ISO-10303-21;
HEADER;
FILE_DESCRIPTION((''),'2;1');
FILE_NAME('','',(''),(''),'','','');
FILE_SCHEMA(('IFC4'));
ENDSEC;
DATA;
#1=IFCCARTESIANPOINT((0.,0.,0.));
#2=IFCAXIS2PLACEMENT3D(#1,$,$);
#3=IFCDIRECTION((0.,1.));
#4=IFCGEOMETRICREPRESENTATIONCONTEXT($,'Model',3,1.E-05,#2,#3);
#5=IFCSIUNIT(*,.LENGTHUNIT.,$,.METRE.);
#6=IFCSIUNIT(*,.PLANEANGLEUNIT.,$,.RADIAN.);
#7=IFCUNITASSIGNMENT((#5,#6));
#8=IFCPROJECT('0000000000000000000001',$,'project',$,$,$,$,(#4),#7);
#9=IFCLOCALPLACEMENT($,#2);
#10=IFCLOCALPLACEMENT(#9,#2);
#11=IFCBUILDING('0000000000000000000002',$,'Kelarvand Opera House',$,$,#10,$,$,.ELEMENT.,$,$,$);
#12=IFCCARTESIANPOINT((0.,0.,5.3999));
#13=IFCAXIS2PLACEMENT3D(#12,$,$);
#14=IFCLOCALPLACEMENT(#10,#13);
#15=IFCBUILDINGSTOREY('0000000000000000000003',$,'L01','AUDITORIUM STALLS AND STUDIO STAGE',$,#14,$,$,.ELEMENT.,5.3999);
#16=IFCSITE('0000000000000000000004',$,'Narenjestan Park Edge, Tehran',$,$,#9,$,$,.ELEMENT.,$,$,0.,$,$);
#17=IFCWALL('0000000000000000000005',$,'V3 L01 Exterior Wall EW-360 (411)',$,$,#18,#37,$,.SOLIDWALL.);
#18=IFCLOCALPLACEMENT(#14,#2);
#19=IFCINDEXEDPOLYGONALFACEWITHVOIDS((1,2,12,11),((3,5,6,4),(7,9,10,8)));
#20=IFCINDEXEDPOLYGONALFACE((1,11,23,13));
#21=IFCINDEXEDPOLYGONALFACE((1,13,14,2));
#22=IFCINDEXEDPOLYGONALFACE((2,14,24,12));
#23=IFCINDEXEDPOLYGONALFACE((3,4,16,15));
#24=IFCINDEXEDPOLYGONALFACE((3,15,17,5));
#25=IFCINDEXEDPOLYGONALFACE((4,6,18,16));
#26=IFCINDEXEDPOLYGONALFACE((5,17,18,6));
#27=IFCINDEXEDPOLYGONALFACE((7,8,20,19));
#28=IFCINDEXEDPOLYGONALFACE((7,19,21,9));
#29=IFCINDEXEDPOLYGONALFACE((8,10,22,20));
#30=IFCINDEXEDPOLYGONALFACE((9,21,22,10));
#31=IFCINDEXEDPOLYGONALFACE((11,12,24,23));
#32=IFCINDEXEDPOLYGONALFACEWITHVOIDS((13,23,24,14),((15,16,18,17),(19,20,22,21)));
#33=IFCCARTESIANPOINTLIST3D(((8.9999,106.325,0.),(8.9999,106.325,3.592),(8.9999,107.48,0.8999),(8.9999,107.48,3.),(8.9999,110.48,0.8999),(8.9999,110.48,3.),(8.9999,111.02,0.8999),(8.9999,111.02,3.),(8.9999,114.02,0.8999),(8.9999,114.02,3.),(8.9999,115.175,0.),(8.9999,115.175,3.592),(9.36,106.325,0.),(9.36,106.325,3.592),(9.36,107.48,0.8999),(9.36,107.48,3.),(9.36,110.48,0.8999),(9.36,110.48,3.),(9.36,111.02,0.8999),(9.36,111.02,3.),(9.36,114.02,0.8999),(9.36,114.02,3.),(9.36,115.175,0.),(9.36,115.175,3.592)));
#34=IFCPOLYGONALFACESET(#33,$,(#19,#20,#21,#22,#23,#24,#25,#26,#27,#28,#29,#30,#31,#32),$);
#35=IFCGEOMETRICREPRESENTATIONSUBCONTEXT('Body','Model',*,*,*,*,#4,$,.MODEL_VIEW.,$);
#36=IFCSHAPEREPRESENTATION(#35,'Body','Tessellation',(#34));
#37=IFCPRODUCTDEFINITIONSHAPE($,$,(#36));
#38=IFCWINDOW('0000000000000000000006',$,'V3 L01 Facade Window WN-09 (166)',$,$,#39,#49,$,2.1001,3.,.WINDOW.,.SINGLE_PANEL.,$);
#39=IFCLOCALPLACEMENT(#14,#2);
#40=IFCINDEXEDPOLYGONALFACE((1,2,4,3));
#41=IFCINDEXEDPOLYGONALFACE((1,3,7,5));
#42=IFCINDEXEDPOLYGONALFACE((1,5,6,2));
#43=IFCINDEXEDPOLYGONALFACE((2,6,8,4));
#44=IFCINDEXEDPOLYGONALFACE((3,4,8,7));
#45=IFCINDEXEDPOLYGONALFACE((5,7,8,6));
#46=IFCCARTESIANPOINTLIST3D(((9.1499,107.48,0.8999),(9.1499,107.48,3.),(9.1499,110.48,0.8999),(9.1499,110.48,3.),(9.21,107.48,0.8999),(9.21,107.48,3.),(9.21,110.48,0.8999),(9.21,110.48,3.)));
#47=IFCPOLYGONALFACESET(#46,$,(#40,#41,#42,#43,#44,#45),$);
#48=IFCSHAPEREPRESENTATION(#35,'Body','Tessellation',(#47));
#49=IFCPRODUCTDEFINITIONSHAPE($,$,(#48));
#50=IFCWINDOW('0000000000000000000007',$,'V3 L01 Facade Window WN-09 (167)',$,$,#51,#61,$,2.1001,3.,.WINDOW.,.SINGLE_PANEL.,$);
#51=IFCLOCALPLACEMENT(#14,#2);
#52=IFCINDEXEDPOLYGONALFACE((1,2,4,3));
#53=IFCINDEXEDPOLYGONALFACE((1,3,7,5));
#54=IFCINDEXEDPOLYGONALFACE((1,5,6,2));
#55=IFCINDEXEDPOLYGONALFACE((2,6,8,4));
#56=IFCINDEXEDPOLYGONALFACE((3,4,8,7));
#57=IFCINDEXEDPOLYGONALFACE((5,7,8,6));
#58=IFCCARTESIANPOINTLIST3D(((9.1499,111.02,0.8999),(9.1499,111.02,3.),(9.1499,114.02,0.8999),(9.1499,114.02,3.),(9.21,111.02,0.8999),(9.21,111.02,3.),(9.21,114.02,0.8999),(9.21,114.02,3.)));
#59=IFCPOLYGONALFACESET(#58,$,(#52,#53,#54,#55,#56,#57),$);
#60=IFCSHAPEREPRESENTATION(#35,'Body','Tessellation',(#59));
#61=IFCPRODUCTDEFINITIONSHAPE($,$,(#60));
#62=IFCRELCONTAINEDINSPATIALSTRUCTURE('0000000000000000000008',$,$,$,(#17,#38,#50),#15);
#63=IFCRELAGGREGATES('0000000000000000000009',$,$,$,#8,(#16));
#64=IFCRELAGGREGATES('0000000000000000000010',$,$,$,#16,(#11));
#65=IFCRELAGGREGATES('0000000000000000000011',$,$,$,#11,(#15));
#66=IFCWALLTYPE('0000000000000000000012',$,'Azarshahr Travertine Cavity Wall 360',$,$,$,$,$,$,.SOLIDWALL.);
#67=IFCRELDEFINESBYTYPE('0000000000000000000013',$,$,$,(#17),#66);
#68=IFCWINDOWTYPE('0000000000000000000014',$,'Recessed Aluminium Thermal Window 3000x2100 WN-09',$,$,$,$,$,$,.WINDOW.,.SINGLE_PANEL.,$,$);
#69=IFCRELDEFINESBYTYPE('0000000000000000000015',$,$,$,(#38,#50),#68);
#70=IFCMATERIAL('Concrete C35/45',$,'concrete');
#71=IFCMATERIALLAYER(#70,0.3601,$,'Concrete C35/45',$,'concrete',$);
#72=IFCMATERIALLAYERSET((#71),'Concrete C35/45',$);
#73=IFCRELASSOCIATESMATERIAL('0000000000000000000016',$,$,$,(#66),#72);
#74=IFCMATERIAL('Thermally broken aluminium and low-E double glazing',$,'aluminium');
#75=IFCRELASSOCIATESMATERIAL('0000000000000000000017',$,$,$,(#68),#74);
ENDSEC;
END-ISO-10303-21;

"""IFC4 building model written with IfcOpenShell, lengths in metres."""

from ifc_helpers import new_model, si_unit, direction, frame, frame_2d, origin, place, context, subcontext, project, spatial, rectangle, extrude, material, layer, layer_set, type_object, element, fill, save


model = new_model("IFC4")

# Units and contexts
model_context = context("Model", 3, precision=1e-05, world=origin(), true_north=direction((0.0, 1.0)))
body_context = subcontext(model_context, "Body", "Model", "MODEL_VIEW")
ifc_project = project(units=[si_unit("LENGTHUNIT", "METRE"), si_unit("PLANEANGLEUNIT", "RADIAN")], contexts=[model_context])

# Site, building, storey
site_placement = place(None, origin())
site = spatial("IfcSite", under=ifc_project, at=site_placement, Name="Narenjestan Park Edge, Tehran", CompositionType="ELEMENT", RefElevation=0.0)
building_placement = place(site_placement, origin())
building = spatial("IfcBuilding", under=site, at=building_placement, Name="Kelarvand Opera House", CompositionType="ELEMENT")
storey_placement = place(building_placement, frame((0.0, 0.0, 5.3999)))
storey = spatial("IfcBuildingStorey", under=building, at=storey_placement, Name="L01", Description="AUDITORIUM STALLS AND STUDIO STAGE", CompositionType="ELEMENT", Elevation=5.3999)

# Wall, openings, windows
ifc_material_1 = material(Name="Concrete C35/45", Category="concrete")
ifc_layer_1 = layer(ifc_material_1, 0.3601, Name="Concrete C35/45", Category="concrete")
ifc_layer_set_1 = layer_set([ifc_layer_1], Name="Concrete C35/45")
wall_type = type_object("IfcWallType", Name="Azarshahr Travertine Cavity Wall 360", PredefinedType="SOLIDWALL", material=ifc_layer_set_1)
wall_placement = place(storey_placement, frame((9.1799, 106.325, 0.0), z_axis=(0.0, 0.0, 1.0), x_axis=(0.0, 1.0, 0.0)))
wall = element("IfcWall", 1, at=wall_placement, inside=storey, type_object=wall_type, Name="V3 L01 Exterior Wall EW-360 (411)", PredefinedType="SOLIDWALL", context=body_context, shape_type="SweptSolid", body=[
    extrude(rectangle(XDim=8.8501, YDim=0.3601, at=frame_2d((4.425, 0.0))), origin(), (0.0, 0.0, 1.0), 3.592),
])
opening_1_placement = place(wall_placement, frame((1.155, 0.0, 0.8999)))
opening_1 = element("IfcOpeningElement", 2, at=opening_1_placement, cuts=wall, PredefinedType="OPENING", context=body_context, shape_type="SweptSolid", body=[
    extrude(rectangle(XDim=3.0, YDim=2.1001, at=frame_2d((1.5, 1.05))), frame((0.0, 0.1899, 0.0), z_axis=(0.0, -1.0, 0.0), x_axis=(1.0, 0.0, 0.0)), (0.0, 0.0, 1.0), 0.3801),
])
opening_2_placement = place(wall_placement, frame((4.6951, 0.0, 0.8999)))
opening_2 = element("IfcOpeningElement", 3, at=opening_2_placement, cuts=wall, PredefinedType="OPENING", context=body_context, shape_type="SweptSolid", body=[
    extrude(rectangle(XDim=3.0, YDim=2.1001, at=frame_2d((1.5, 1.05))), frame((0.0, 0.1899, 0.0), z_axis=(0.0, -1.0, 0.0), x_axis=(1.0, 0.0, 0.0)), (0.0, 0.0, 1.0), 0.3801),
])
ifc_material_2 = material(Name="Thermally broken aluminium and low-E double glazing", Category="aluminium")
window_type = type_object("IfcWindowType", Name="Recessed Aluminium Thermal Window 3000x2100 WN-09", PartitioningType="SINGLE_PANEL", PredefinedType="WINDOW", material=ifc_material_2)
window_1_placement = place(opening_1_placement, origin())
window_1 = element("IfcWindow", 4, at=window_1_placement, inside=storey, type_object=window_type, Name="V3 L01 Facade Window WN-09 (166)", OverallHeight=2.1001, OverallWidth=3.0, PartitioningType="SINGLE_PANEL", PredefinedType="WINDOW", context=body_context, shape_type="SweptSolid", body=[
    extrude(rectangle(XDim=3.0, YDim=2.1001, at=frame_2d((1.5, 1.05))), frame((0.0, 0.03, 0.0), z_axis=(0.0, -1.0, 0.0), x_axis=(1.0, 0.0, 0.0)), (0.0, 0.0, 1.0), 0.0601),
])
fill(opening_1, window_1)
window_2_placement = place(opening_2_placement, origin())
window_2 = element("IfcWindow", 5, at=window_2_placement, inside=storey, type_object=window_type, Name="V3 L01 Facade Window WN-09 (167)", OverallHeight=2.1001, OverallWidth=3.0, PartitioningType="SINGLE_PANEL", PredefinedType="WINDOW", context=body_context, shape_type="SweptSolid", body=[
    extrude(rectangle(XDim=3.0, YDim=2.1001, at=frame_2d((1.5, 1.05))), frame((0.0, 0.03, 0.0), z_axis=(0.0, -1.0, 0.0), x_axis=(1.0, 0.0, 0.0)), (0.0, 0.0, 1.0), 0.0601),
])
fill(opening_2, window_2)

save(model, "model.ifc")
